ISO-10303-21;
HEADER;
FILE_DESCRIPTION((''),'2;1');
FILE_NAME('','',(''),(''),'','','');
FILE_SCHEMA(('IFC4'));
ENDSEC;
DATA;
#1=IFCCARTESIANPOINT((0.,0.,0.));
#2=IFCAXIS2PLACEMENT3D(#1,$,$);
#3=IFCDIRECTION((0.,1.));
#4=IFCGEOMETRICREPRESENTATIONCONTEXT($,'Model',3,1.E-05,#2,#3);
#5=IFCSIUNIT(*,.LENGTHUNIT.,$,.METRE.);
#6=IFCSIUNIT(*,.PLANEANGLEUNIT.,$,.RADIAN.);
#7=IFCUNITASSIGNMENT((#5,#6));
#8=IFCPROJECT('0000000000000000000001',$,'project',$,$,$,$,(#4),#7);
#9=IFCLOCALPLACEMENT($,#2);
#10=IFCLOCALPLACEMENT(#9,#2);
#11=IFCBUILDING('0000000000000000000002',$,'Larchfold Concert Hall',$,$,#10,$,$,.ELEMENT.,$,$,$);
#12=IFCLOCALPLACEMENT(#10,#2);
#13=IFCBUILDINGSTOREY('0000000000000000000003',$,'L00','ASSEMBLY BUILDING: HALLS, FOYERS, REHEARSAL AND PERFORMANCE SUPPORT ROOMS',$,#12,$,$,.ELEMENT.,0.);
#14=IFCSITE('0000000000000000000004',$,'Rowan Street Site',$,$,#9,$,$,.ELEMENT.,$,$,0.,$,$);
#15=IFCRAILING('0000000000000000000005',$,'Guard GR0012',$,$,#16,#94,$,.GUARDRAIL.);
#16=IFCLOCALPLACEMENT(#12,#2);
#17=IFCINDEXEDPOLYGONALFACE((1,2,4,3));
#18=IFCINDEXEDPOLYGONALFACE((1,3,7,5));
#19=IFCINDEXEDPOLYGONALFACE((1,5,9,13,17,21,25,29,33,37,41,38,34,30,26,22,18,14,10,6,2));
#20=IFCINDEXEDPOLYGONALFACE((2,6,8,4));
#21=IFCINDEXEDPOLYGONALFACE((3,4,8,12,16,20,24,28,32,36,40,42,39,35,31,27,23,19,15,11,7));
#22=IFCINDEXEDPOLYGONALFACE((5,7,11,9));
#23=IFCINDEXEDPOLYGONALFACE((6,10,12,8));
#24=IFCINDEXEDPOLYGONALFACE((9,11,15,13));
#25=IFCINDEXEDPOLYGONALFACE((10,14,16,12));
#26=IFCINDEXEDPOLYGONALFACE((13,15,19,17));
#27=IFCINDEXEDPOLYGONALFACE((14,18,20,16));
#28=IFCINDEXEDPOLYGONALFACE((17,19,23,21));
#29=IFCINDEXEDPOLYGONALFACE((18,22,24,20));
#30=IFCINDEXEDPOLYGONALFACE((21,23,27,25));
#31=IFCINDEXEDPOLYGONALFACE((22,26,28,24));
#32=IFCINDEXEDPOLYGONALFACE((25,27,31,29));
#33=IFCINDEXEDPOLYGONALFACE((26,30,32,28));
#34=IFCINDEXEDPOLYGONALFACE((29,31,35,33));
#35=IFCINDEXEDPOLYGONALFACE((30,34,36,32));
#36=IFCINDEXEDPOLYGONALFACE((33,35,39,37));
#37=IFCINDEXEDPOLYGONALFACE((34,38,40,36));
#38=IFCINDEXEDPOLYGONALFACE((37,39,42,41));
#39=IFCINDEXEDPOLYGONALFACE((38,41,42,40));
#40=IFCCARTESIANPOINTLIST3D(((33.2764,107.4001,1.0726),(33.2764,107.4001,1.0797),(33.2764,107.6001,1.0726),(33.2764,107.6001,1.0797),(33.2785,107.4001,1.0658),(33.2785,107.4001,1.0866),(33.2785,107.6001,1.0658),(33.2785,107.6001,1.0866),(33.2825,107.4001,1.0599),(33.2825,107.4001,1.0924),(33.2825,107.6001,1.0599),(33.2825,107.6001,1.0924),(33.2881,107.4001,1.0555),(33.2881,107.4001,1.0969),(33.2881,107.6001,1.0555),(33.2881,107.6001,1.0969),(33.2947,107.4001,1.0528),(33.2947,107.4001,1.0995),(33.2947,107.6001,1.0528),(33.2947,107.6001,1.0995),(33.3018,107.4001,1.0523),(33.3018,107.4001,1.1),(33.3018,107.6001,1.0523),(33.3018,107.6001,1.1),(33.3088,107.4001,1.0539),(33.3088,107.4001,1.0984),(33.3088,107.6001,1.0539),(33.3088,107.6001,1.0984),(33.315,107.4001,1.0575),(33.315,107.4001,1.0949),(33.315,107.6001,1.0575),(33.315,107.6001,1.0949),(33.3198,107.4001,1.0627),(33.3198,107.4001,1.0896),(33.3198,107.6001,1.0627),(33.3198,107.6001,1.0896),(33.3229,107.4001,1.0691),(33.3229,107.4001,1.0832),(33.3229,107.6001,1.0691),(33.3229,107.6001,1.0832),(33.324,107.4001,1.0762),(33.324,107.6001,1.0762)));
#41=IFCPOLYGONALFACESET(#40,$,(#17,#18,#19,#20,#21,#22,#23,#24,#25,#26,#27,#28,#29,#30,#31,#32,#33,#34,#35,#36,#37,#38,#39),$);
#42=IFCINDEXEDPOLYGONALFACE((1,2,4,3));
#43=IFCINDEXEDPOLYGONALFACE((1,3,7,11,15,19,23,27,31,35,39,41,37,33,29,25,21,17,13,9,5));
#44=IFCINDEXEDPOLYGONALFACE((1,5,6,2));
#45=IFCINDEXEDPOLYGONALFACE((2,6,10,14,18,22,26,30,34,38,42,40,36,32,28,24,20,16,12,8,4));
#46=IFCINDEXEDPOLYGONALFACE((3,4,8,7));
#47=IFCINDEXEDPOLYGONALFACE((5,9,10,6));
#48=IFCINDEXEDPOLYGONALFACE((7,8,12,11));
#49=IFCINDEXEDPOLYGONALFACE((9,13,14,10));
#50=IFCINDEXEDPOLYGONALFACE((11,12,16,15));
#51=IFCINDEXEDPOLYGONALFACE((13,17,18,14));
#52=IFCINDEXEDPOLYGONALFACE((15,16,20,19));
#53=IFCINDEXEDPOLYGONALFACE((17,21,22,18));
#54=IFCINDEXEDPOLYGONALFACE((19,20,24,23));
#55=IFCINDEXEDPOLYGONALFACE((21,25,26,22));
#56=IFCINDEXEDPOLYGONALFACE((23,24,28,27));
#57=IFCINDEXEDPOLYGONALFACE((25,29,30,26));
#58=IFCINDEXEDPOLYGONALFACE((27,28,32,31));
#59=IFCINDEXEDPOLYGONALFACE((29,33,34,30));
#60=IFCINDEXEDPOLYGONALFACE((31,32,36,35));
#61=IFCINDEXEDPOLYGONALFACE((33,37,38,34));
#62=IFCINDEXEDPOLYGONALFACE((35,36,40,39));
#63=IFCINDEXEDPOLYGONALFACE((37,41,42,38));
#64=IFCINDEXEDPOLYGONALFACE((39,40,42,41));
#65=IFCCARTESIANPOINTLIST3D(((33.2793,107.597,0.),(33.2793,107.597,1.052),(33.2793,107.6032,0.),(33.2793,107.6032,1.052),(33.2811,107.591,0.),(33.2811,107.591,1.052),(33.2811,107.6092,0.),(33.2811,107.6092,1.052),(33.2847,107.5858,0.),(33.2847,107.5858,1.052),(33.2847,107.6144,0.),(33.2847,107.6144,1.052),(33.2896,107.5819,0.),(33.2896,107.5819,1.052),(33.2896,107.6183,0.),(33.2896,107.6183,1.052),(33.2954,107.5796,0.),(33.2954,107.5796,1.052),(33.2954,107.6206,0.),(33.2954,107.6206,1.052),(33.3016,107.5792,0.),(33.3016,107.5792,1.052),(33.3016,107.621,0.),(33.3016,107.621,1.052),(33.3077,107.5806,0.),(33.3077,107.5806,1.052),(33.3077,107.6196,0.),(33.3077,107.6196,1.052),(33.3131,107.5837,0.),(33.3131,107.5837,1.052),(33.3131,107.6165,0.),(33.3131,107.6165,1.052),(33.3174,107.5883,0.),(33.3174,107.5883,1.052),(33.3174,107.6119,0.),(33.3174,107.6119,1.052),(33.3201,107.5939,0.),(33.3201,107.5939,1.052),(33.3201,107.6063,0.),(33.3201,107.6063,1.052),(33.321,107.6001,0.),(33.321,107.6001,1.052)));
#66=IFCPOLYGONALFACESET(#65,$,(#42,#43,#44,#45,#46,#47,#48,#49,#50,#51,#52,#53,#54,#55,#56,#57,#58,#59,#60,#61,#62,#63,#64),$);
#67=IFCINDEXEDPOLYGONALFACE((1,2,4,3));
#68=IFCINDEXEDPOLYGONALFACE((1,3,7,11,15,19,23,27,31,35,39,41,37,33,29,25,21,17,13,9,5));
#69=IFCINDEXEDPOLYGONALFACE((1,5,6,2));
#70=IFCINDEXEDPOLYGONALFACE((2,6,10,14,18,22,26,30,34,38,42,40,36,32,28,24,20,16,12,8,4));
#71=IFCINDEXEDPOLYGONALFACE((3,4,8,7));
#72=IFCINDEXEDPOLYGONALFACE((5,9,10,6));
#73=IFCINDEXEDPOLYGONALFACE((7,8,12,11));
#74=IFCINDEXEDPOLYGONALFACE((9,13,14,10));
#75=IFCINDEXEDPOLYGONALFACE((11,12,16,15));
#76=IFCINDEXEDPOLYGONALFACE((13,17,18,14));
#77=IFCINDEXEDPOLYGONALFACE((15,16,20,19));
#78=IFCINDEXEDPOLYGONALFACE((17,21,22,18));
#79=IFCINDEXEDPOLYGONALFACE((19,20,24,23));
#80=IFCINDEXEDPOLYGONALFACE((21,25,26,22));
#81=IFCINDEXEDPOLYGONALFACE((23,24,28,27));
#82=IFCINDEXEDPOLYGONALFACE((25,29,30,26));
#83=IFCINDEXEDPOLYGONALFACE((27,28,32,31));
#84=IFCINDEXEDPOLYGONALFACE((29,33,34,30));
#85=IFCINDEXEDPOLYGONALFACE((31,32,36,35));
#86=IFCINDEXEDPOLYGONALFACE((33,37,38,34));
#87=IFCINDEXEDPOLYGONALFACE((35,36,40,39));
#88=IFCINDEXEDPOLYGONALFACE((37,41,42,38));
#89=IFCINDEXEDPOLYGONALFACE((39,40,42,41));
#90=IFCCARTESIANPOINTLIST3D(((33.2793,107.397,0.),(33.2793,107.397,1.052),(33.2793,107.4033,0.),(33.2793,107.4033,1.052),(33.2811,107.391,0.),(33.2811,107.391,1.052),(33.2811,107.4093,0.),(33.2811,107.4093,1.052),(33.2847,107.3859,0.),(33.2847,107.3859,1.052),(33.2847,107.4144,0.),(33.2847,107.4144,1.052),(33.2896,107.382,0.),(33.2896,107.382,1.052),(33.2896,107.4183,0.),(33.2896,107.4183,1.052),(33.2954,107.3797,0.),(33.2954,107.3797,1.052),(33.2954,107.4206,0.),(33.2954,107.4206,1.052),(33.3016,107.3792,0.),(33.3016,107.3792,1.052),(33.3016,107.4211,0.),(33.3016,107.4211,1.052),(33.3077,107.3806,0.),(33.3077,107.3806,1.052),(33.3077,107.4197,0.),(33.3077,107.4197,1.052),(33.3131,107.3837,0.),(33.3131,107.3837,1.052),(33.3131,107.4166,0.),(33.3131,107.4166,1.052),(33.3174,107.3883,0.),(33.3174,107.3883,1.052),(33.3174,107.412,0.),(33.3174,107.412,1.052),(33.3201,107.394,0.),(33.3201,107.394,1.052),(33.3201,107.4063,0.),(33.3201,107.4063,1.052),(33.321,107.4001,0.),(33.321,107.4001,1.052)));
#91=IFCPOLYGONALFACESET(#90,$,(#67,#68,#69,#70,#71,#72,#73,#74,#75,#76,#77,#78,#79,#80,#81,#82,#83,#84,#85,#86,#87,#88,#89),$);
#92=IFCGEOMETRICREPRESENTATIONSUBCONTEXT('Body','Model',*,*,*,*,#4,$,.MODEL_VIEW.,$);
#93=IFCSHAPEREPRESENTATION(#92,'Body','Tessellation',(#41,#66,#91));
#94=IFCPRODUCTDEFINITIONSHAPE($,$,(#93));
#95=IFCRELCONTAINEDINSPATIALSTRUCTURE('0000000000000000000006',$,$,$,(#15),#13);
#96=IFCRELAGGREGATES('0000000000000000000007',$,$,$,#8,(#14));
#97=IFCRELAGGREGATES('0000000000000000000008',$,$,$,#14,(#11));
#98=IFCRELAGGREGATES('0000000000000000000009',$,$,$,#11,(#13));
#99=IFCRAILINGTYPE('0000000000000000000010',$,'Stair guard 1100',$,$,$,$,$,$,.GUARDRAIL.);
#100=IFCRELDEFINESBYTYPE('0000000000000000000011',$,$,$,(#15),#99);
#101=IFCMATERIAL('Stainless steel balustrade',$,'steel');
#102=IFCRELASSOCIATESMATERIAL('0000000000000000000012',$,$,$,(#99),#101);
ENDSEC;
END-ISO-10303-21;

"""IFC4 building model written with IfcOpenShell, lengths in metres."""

from ifc_helpers import new_model, si_unit, direction, frame, origin, origin_2d, place, context, subcontext, project, spatial, circle, extrude, material, type_object, element, save


model = new_model("IFC4")

# Units and contexts
model_context = context("Model", 3, precision=1e-05, world=origin(), true_north=direction((0.0, 1.0)))
body_context = subcontext(model_context, "Body", "Model", "MODEL_VIEW")
ifc_project = project(units=[si_unit("LENGTHUNIT", "METRE"), si_unit("PLANEANGLEUNIT", "RADIAN")], contexts=[model_context])

# Site, building, storey
site_placement = place(None, origin())
site = spatial("IfcSite", under=ifc_project, at=site_placement, Name="Rowan Street Site", CompositionType="ELEMENT", RefElevation=0.0)
building_placement = place(site_placement, origin())
building = spatial("IfcBuilding", under=site, at=building_placement, Name="Larchfold Concert Hall", CompositionType="ELEMENT")
storey_placement = place(building_placement, origin())
storey = spatial("IfcBuildingStorey", under=building, at=storey_placement, Name="L00", Description="ASSEMBLY BUILDING: HALLS, FOYERS, REHEARSAL AND PERFORMANCE SUPPORT ROOMS", CompositionType="ELEMENT", Elevation=0.0)

# Railing
ifc_material_1 = material(Name="Stainless steel balustrade", Category="steel")
railing_type_1 = type_object("IfcRailingType", Name="Stair guard 1100", PredefinedType="GUARDRAIL", material=ifc_material_1)
railing_1_placement = place(storey_placement, frame((33.3, 107.6001, 0.0)))
element("IfcRailing", 1, at=railing_1_placement, inside=storey, type_object=railing_type_1, Name="Guard GR0012", PredefinedType="GUARDRAIL", context=body_context, shape_type="SweptSolid", body=[
    extrude(circle(Radius=0.0239, at=origin_2d()), frame((0.0, 0.0, 1.0762), z_axis=(0.0, -1.0, 0.0), x_axis=(1.0, 0.0, 0.0)), (0.0, 0.0, 1.0), 0.2),
    extrude(circle(Radius=0.021, at=origin_2d()), origin(), (0.0, 0.0, 1.0), 1.052),
    extrude(circle(Radius=0.021, at=origin_2d()), frame((0.0, -0.2, 0.0)), (0.0, 0.0, 1.0), 1.052),
])

save(model, "model.ifc")
